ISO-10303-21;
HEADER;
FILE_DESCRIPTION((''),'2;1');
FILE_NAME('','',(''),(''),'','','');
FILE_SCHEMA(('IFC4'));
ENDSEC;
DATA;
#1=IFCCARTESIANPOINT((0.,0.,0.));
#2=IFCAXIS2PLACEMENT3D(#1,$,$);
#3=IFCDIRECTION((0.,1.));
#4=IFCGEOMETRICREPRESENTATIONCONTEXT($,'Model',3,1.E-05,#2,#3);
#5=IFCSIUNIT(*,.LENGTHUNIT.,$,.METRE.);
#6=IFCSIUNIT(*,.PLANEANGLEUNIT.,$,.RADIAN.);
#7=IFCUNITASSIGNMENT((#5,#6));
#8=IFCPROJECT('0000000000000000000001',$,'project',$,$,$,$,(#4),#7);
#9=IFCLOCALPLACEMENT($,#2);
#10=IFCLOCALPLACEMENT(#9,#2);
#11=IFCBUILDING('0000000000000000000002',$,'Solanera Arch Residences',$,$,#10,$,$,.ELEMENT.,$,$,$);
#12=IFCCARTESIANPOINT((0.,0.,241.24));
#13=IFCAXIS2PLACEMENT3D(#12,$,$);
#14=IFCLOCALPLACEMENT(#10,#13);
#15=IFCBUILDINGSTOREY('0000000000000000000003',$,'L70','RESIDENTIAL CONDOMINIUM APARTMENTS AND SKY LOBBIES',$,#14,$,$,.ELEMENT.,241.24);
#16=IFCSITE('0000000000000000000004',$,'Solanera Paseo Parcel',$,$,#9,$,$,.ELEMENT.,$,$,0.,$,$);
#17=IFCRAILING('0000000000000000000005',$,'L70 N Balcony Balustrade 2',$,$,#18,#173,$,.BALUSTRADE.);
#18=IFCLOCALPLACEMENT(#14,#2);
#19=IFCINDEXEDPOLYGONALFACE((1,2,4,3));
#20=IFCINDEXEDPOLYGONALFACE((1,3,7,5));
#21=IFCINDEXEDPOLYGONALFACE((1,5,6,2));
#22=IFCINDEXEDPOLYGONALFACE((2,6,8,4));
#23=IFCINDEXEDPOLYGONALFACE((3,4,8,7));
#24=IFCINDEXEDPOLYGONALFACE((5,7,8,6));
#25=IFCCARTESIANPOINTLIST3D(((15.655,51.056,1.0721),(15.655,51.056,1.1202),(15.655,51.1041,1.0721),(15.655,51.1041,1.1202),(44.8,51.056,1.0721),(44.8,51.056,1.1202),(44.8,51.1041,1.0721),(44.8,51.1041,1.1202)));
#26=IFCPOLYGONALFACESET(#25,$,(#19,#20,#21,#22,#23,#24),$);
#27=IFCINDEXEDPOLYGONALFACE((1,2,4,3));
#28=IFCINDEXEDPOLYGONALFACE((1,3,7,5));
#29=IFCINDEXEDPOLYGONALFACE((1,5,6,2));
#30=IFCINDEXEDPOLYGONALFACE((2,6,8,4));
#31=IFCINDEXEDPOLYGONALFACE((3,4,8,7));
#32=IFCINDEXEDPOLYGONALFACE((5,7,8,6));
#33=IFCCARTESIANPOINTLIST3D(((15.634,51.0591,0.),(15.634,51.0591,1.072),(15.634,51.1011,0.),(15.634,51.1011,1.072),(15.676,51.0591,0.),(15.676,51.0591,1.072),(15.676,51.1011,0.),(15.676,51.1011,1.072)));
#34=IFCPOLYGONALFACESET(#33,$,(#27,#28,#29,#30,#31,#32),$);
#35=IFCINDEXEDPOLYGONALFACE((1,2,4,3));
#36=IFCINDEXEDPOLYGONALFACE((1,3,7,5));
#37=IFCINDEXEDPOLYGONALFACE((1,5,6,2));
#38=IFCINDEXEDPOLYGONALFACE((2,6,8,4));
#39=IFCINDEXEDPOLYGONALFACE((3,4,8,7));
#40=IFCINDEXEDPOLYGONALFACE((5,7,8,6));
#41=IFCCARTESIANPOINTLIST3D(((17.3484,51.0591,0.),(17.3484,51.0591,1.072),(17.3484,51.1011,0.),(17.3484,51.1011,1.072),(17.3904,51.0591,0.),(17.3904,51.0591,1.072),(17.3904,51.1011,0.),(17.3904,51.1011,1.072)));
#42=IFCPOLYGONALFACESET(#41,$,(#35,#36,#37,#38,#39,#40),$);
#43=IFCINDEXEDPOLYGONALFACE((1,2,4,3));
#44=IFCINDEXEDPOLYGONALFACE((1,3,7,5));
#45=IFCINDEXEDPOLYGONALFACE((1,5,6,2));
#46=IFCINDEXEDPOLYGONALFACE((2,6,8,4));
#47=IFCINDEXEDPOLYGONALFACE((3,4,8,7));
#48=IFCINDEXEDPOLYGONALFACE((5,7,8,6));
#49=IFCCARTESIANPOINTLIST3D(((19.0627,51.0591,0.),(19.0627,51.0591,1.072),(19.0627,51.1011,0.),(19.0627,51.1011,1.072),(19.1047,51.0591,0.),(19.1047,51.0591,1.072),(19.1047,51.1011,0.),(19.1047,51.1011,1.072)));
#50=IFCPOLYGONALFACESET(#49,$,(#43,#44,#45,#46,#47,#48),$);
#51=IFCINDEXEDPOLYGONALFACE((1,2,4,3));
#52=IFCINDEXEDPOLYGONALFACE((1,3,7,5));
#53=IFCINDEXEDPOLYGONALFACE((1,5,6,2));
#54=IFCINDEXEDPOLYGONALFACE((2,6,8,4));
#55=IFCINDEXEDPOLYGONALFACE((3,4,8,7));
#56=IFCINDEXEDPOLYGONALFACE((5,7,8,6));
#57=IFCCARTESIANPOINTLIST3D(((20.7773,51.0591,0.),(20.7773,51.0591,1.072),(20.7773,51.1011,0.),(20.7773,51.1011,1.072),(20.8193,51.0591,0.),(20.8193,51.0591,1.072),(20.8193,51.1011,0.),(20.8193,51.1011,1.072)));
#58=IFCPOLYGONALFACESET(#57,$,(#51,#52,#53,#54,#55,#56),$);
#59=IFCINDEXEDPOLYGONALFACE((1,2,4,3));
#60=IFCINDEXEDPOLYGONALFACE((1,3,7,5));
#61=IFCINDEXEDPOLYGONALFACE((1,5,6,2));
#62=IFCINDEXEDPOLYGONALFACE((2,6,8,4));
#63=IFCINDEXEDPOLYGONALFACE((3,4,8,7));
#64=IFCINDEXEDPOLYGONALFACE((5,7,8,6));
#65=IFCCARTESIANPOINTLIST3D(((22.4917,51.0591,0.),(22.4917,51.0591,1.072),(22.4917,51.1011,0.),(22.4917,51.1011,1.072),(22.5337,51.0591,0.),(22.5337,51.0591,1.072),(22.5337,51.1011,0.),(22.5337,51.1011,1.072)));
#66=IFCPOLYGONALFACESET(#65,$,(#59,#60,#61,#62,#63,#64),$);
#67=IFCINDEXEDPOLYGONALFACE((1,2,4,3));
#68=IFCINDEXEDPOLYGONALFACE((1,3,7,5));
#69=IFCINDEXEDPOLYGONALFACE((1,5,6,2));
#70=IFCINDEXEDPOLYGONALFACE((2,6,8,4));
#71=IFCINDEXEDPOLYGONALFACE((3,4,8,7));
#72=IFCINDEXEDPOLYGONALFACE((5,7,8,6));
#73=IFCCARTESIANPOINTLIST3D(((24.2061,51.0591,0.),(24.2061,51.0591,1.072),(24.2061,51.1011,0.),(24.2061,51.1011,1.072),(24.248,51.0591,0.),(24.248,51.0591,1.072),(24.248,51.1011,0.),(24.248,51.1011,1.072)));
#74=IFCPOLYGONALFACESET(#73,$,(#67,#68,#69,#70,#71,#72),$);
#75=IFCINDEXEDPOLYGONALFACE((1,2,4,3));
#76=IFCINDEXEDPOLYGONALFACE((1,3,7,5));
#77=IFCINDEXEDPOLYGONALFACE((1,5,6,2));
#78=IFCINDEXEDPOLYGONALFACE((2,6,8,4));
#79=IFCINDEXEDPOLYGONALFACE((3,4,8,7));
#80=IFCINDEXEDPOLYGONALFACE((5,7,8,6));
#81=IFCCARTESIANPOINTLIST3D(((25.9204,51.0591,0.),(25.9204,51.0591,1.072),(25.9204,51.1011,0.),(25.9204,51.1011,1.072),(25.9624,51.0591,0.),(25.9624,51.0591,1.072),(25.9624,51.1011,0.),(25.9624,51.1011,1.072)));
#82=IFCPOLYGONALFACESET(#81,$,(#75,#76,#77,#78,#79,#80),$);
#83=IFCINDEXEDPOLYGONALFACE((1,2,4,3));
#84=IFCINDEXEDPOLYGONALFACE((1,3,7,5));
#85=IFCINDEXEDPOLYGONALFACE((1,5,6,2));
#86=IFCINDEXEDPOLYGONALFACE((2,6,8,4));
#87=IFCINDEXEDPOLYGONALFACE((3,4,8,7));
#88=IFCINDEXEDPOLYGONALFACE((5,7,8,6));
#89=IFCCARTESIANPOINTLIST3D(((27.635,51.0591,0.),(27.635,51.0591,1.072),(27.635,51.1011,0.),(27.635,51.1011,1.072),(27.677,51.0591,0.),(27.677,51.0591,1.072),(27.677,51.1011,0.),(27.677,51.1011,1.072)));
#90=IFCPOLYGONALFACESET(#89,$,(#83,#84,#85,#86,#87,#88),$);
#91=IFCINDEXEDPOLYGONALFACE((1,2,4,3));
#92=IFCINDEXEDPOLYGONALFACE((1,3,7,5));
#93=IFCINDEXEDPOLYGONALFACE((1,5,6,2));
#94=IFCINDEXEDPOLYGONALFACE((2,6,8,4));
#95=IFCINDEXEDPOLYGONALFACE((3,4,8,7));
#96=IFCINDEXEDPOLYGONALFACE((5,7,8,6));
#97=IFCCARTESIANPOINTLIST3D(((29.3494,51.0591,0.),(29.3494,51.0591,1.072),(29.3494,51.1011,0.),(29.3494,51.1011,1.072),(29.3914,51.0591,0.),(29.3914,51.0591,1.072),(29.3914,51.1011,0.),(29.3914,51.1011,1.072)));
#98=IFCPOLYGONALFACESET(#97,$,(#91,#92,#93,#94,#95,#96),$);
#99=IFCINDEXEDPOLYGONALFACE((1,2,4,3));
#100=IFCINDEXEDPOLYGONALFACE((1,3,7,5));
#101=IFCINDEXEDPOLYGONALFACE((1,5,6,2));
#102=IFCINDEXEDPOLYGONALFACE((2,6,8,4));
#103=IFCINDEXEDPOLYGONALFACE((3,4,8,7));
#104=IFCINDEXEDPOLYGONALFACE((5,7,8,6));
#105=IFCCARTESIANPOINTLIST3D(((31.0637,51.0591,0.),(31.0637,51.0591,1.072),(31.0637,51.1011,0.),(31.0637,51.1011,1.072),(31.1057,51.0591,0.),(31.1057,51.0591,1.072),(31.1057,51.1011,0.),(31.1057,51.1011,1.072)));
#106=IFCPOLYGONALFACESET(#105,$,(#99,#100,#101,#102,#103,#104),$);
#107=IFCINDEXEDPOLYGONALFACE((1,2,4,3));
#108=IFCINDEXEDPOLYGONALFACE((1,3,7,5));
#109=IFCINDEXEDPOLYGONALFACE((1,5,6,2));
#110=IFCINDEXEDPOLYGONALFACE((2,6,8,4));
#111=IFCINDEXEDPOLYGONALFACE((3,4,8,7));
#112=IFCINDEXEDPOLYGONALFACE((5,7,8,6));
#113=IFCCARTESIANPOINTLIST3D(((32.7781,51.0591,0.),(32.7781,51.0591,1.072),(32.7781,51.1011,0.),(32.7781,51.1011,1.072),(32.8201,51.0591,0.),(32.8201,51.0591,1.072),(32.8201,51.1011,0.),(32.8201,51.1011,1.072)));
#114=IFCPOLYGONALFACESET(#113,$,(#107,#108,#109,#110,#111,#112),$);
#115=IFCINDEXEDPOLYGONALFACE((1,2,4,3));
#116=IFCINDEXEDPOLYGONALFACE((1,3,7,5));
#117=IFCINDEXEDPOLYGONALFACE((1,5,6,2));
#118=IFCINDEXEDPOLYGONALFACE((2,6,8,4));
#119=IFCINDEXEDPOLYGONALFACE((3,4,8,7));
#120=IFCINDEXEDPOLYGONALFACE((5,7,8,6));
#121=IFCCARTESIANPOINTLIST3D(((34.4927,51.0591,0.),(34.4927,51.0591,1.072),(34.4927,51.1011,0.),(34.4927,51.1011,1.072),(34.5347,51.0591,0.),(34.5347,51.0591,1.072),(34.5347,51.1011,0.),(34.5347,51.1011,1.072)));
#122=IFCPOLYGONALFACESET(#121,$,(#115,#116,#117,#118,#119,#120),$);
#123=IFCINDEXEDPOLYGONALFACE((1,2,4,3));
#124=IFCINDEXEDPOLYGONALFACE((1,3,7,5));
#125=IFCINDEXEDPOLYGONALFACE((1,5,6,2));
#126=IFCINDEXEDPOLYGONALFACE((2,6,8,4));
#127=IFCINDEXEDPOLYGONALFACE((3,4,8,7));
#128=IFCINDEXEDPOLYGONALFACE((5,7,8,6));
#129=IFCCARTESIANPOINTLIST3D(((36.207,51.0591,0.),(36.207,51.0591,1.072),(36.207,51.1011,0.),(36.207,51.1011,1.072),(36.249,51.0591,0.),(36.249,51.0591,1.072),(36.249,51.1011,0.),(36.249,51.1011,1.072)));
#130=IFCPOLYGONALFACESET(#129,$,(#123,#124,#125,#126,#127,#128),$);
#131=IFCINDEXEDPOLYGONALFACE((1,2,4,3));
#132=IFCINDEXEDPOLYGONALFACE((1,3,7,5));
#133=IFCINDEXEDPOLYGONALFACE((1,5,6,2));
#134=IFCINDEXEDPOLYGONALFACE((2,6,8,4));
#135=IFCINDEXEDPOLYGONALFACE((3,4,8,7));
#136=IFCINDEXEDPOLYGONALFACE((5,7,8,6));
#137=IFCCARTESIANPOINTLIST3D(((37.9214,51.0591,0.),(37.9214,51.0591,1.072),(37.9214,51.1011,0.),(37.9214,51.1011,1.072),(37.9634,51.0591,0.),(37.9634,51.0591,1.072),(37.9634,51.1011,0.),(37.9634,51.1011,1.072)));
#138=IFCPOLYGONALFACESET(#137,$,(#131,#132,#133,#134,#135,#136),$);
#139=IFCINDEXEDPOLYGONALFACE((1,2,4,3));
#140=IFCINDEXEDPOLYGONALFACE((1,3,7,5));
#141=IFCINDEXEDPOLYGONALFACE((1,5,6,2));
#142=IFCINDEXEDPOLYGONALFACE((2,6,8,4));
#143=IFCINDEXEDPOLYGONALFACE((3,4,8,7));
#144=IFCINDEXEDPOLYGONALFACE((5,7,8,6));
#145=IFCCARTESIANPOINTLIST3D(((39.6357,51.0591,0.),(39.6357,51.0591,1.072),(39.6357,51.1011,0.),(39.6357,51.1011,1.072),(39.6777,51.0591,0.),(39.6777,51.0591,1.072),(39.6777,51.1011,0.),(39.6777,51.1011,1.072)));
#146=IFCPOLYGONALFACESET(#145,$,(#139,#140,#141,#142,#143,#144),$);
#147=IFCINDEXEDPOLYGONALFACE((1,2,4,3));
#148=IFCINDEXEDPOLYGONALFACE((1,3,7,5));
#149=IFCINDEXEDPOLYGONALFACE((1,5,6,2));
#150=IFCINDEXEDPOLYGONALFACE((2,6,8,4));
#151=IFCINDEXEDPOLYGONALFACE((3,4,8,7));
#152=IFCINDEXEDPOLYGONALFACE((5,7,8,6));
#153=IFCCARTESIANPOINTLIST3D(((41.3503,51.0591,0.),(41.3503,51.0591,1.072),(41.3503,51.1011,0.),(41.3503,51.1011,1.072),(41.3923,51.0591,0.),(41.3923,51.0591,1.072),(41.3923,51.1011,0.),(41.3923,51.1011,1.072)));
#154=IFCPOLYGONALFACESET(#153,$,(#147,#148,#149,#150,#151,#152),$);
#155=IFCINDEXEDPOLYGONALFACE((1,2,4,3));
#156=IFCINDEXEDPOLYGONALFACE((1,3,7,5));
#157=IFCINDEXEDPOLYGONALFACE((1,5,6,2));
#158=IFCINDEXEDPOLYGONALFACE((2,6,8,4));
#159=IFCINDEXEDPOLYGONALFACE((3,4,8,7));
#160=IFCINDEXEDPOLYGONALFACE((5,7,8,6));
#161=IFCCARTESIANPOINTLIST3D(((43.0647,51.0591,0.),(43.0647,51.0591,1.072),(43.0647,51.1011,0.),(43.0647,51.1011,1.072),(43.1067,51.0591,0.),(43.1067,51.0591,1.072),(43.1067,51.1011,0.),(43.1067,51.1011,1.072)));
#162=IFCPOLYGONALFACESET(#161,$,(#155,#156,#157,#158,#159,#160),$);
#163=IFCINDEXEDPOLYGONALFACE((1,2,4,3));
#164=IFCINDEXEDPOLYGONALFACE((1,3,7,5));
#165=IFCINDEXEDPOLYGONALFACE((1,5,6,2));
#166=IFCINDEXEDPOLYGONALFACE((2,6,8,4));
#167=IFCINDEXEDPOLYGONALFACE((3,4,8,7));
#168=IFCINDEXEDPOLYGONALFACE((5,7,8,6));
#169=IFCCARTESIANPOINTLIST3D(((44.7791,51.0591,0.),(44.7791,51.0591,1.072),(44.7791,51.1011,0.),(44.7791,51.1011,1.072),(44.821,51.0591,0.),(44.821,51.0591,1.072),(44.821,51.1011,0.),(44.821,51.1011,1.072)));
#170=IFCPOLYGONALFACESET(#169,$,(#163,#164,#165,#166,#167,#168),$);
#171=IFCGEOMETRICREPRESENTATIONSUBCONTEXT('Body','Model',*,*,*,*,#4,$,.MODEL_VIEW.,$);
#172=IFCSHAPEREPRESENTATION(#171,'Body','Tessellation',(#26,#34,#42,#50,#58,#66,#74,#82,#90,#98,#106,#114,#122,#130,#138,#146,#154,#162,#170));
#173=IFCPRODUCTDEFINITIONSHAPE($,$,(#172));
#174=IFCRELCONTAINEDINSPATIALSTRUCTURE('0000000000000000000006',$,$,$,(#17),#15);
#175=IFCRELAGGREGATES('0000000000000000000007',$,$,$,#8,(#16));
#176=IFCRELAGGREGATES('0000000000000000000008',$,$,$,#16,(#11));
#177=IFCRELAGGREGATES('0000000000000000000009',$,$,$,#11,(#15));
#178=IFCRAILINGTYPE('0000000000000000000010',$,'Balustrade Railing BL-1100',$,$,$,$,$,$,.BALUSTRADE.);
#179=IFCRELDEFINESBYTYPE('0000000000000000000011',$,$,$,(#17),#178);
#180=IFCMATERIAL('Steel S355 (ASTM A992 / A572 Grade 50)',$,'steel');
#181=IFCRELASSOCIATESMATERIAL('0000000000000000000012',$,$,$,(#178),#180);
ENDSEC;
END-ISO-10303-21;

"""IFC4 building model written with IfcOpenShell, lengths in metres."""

from ifc_helpers import new_model, si_unit, direction, frame, origin, origin_2d, place, context, subcontext, project, spatial, rectangle, extrude, material, type_object, element, save


model = new_model("IFC4")

# Units and contexts
model_context = context("Model", 3, precision=1e-05, world=origin(), true_north=direction((0.0, 1.0)))
body_context = subcontext(model_context, "Body", "Model", "MODEL_VIEW")
ifc_project = project(units=[si_unit("LENGTHUNIT", "METRE"), si_unit("PLANEANGLEUNIT", "RADIAN")], contexts=[model_context])

# Site, building, storey
site_placement = place(None, origin())
site = spatial("IfcSite", under=ifc_project, at=site_placement, Name="Solanera Paseo Parcel", CompositionType="ELEMENT", RefElevation=0.0)
building_placement = place(site_placement, origin())
building = spatial("IfcBuilding", under=site, at=building_placement, Name="Solanera Arch Residences", CompositionType="ELEMENT")
storey_placement = place(building_placement, frame((0.0, 0.0, 241.24)))
storey = spatial("IfcBuildingStorey", under=building, at=storey_placement, Name="L70", Description="RESIDENTIAL CONDOMINIUM APARTMENTS AND SKY LOBBIES", CompositionType="ELEMENT", Elevation=241.24)

# Railing
ifc_material_1 = material(Name="Steel S355 (ASTM A992 / A572 Grade 50)", Category="steel")
railing_type = type_object("IfcRailingType", Name="Balustrade Railing BL-1100", PredefinedType="BALUSTRADE", material=ifc_material_1)
railing_placement = place(storey_placement, frame((15.655, 51.0801, 0.0)))
element("IfcRailing", 1, at=railing_placement, inside=storey, type_object=railing_type, Name="L70 N Balcony Balustrade 2", PredefinedType="BALUSTRADE", context=body_context, shape_type="SweptSolid", body=[
    extrude(rectangle(XDim=0.0481, YDim=0.0481, at=origin_2d()), frame((0.0, 0.0, 1.0962), z_axis=(1.0, 0.0, 0.0), x_axis=(0.0, 1.0, 0.0)), (0.0, 0.0, 1.0), 29.145),
    extrude(rectangle(XDim=0.042, YDim=0.042, at=origin_2d()), origin(), (0.0, 0.0, 1.0), 1.072),
    extrude(rectangle(XDim=0.042, YDim=0.042, at=origin_2d()), frame((1.7144, 0.0, 0.0)), (0.0, 0.0, 1.0), 1.072),
    extrude(rectangle(XDim=0.042, YDim=0.042, at=origin_2d()), frame((3.4287, 0.0, 0.0)), (0.0, 0.0, 1.0), 1.072),
    extrude(rectangle(XDim=0.042, YDim=0.042, at=origin_2d()), frame((5.1433, 0.0, 0.0)), (0.0, 0.0, 1.0), 1.072),
    extrude(rectangle(XDim=0.042, YDim=0.042, at=origin_2d()), frame((6.8577, 0.0, 0.0)), (0.0, 0.0, 1.0), 1.072),
    extrude(rectangle(XDim=0.042, YDim=0.042, at=origin_2d()), frame((8.572, 0.0, 0.0)), (0.0, 0.0, 1.0), 1.072),
    extrude(rectangle(XDim=0.042, YDim=0.042, at=origin_2d()), frame((10.2864, 0.0, 0.0)), (0.0, 0.0, 1.0), 1.072),
    extrude(rectangle(XDim=0.042, YDim=0.042, at=origin_2d()), frame((12.001, 0.0, 0.0)), (0.0, 0.0, 1.0), 1.072),
    extrude(rectangle(XDim=0.042, YDim=0.042, at=origin_2d()), frame((13.7153, 0.0, 0.0)), (0.0, 0.0, 1.0), 1.072),
    extrude(rectangle(XDim=0.042, YDim=0.042, at=origin_2d()), frame((15.4297, 0.0, 0.0)), (0.0, 0.0, 1.0), 1.072),
    extrude(rectangle(XDim=0.042, YDim=0.042, at=origin_2d()), frame((17.144, 0.0, 0.0)), (0.0, 0.0, 1.0), 1.072),
    extrude(rectangle(XDim=0.042, YDim=0.042, at=origin_2d()), frame((18.8586, 0.0, 0.0)), (0.0, 0.0, 1.0), 1.072),
    extrude(rectangle(XDim=0.042, YDim=0.042, at=origin_2d()), frame((20.573, 0.0, 0.0)), (0.0, 0.0, 1.0), 1.072),
    extrude(rectangle(XDim=0.042, YDim=0.042, at=origin_2d()), frame((22.2874, 0.0, 0.0)), (0.0, 0.0, 1.0), 1.072),
    extrude(rectangle(XDim=0.042, YDim=0.042, at=origin_2d()), frame((24.0017, 0.0, 0.0)), (0.0, 0.0, 1.0), 1.072),
    extrude(rectangle(XDim=0.042, YDim=0.042, at=origin_2d()), frame((25.7163, 0.0, 0.0)), (0.0, 0.0, 1.0), 1.072),
    extrude(rectangle(XDim=0.042, YDim=0.042, at=origin_2d()), frame((27.4307, 0.0, 0.0)), (0.0, 0.0, 1.0), 1.072),
    extrude(rectangle(XDim=0.042, YDim=0.042, at=origin_2d()), frame((29.145, 0.0, 0.0)), (0.0, 0.0, 1.0), 1.072),
])

save(model, "model.ifc")
